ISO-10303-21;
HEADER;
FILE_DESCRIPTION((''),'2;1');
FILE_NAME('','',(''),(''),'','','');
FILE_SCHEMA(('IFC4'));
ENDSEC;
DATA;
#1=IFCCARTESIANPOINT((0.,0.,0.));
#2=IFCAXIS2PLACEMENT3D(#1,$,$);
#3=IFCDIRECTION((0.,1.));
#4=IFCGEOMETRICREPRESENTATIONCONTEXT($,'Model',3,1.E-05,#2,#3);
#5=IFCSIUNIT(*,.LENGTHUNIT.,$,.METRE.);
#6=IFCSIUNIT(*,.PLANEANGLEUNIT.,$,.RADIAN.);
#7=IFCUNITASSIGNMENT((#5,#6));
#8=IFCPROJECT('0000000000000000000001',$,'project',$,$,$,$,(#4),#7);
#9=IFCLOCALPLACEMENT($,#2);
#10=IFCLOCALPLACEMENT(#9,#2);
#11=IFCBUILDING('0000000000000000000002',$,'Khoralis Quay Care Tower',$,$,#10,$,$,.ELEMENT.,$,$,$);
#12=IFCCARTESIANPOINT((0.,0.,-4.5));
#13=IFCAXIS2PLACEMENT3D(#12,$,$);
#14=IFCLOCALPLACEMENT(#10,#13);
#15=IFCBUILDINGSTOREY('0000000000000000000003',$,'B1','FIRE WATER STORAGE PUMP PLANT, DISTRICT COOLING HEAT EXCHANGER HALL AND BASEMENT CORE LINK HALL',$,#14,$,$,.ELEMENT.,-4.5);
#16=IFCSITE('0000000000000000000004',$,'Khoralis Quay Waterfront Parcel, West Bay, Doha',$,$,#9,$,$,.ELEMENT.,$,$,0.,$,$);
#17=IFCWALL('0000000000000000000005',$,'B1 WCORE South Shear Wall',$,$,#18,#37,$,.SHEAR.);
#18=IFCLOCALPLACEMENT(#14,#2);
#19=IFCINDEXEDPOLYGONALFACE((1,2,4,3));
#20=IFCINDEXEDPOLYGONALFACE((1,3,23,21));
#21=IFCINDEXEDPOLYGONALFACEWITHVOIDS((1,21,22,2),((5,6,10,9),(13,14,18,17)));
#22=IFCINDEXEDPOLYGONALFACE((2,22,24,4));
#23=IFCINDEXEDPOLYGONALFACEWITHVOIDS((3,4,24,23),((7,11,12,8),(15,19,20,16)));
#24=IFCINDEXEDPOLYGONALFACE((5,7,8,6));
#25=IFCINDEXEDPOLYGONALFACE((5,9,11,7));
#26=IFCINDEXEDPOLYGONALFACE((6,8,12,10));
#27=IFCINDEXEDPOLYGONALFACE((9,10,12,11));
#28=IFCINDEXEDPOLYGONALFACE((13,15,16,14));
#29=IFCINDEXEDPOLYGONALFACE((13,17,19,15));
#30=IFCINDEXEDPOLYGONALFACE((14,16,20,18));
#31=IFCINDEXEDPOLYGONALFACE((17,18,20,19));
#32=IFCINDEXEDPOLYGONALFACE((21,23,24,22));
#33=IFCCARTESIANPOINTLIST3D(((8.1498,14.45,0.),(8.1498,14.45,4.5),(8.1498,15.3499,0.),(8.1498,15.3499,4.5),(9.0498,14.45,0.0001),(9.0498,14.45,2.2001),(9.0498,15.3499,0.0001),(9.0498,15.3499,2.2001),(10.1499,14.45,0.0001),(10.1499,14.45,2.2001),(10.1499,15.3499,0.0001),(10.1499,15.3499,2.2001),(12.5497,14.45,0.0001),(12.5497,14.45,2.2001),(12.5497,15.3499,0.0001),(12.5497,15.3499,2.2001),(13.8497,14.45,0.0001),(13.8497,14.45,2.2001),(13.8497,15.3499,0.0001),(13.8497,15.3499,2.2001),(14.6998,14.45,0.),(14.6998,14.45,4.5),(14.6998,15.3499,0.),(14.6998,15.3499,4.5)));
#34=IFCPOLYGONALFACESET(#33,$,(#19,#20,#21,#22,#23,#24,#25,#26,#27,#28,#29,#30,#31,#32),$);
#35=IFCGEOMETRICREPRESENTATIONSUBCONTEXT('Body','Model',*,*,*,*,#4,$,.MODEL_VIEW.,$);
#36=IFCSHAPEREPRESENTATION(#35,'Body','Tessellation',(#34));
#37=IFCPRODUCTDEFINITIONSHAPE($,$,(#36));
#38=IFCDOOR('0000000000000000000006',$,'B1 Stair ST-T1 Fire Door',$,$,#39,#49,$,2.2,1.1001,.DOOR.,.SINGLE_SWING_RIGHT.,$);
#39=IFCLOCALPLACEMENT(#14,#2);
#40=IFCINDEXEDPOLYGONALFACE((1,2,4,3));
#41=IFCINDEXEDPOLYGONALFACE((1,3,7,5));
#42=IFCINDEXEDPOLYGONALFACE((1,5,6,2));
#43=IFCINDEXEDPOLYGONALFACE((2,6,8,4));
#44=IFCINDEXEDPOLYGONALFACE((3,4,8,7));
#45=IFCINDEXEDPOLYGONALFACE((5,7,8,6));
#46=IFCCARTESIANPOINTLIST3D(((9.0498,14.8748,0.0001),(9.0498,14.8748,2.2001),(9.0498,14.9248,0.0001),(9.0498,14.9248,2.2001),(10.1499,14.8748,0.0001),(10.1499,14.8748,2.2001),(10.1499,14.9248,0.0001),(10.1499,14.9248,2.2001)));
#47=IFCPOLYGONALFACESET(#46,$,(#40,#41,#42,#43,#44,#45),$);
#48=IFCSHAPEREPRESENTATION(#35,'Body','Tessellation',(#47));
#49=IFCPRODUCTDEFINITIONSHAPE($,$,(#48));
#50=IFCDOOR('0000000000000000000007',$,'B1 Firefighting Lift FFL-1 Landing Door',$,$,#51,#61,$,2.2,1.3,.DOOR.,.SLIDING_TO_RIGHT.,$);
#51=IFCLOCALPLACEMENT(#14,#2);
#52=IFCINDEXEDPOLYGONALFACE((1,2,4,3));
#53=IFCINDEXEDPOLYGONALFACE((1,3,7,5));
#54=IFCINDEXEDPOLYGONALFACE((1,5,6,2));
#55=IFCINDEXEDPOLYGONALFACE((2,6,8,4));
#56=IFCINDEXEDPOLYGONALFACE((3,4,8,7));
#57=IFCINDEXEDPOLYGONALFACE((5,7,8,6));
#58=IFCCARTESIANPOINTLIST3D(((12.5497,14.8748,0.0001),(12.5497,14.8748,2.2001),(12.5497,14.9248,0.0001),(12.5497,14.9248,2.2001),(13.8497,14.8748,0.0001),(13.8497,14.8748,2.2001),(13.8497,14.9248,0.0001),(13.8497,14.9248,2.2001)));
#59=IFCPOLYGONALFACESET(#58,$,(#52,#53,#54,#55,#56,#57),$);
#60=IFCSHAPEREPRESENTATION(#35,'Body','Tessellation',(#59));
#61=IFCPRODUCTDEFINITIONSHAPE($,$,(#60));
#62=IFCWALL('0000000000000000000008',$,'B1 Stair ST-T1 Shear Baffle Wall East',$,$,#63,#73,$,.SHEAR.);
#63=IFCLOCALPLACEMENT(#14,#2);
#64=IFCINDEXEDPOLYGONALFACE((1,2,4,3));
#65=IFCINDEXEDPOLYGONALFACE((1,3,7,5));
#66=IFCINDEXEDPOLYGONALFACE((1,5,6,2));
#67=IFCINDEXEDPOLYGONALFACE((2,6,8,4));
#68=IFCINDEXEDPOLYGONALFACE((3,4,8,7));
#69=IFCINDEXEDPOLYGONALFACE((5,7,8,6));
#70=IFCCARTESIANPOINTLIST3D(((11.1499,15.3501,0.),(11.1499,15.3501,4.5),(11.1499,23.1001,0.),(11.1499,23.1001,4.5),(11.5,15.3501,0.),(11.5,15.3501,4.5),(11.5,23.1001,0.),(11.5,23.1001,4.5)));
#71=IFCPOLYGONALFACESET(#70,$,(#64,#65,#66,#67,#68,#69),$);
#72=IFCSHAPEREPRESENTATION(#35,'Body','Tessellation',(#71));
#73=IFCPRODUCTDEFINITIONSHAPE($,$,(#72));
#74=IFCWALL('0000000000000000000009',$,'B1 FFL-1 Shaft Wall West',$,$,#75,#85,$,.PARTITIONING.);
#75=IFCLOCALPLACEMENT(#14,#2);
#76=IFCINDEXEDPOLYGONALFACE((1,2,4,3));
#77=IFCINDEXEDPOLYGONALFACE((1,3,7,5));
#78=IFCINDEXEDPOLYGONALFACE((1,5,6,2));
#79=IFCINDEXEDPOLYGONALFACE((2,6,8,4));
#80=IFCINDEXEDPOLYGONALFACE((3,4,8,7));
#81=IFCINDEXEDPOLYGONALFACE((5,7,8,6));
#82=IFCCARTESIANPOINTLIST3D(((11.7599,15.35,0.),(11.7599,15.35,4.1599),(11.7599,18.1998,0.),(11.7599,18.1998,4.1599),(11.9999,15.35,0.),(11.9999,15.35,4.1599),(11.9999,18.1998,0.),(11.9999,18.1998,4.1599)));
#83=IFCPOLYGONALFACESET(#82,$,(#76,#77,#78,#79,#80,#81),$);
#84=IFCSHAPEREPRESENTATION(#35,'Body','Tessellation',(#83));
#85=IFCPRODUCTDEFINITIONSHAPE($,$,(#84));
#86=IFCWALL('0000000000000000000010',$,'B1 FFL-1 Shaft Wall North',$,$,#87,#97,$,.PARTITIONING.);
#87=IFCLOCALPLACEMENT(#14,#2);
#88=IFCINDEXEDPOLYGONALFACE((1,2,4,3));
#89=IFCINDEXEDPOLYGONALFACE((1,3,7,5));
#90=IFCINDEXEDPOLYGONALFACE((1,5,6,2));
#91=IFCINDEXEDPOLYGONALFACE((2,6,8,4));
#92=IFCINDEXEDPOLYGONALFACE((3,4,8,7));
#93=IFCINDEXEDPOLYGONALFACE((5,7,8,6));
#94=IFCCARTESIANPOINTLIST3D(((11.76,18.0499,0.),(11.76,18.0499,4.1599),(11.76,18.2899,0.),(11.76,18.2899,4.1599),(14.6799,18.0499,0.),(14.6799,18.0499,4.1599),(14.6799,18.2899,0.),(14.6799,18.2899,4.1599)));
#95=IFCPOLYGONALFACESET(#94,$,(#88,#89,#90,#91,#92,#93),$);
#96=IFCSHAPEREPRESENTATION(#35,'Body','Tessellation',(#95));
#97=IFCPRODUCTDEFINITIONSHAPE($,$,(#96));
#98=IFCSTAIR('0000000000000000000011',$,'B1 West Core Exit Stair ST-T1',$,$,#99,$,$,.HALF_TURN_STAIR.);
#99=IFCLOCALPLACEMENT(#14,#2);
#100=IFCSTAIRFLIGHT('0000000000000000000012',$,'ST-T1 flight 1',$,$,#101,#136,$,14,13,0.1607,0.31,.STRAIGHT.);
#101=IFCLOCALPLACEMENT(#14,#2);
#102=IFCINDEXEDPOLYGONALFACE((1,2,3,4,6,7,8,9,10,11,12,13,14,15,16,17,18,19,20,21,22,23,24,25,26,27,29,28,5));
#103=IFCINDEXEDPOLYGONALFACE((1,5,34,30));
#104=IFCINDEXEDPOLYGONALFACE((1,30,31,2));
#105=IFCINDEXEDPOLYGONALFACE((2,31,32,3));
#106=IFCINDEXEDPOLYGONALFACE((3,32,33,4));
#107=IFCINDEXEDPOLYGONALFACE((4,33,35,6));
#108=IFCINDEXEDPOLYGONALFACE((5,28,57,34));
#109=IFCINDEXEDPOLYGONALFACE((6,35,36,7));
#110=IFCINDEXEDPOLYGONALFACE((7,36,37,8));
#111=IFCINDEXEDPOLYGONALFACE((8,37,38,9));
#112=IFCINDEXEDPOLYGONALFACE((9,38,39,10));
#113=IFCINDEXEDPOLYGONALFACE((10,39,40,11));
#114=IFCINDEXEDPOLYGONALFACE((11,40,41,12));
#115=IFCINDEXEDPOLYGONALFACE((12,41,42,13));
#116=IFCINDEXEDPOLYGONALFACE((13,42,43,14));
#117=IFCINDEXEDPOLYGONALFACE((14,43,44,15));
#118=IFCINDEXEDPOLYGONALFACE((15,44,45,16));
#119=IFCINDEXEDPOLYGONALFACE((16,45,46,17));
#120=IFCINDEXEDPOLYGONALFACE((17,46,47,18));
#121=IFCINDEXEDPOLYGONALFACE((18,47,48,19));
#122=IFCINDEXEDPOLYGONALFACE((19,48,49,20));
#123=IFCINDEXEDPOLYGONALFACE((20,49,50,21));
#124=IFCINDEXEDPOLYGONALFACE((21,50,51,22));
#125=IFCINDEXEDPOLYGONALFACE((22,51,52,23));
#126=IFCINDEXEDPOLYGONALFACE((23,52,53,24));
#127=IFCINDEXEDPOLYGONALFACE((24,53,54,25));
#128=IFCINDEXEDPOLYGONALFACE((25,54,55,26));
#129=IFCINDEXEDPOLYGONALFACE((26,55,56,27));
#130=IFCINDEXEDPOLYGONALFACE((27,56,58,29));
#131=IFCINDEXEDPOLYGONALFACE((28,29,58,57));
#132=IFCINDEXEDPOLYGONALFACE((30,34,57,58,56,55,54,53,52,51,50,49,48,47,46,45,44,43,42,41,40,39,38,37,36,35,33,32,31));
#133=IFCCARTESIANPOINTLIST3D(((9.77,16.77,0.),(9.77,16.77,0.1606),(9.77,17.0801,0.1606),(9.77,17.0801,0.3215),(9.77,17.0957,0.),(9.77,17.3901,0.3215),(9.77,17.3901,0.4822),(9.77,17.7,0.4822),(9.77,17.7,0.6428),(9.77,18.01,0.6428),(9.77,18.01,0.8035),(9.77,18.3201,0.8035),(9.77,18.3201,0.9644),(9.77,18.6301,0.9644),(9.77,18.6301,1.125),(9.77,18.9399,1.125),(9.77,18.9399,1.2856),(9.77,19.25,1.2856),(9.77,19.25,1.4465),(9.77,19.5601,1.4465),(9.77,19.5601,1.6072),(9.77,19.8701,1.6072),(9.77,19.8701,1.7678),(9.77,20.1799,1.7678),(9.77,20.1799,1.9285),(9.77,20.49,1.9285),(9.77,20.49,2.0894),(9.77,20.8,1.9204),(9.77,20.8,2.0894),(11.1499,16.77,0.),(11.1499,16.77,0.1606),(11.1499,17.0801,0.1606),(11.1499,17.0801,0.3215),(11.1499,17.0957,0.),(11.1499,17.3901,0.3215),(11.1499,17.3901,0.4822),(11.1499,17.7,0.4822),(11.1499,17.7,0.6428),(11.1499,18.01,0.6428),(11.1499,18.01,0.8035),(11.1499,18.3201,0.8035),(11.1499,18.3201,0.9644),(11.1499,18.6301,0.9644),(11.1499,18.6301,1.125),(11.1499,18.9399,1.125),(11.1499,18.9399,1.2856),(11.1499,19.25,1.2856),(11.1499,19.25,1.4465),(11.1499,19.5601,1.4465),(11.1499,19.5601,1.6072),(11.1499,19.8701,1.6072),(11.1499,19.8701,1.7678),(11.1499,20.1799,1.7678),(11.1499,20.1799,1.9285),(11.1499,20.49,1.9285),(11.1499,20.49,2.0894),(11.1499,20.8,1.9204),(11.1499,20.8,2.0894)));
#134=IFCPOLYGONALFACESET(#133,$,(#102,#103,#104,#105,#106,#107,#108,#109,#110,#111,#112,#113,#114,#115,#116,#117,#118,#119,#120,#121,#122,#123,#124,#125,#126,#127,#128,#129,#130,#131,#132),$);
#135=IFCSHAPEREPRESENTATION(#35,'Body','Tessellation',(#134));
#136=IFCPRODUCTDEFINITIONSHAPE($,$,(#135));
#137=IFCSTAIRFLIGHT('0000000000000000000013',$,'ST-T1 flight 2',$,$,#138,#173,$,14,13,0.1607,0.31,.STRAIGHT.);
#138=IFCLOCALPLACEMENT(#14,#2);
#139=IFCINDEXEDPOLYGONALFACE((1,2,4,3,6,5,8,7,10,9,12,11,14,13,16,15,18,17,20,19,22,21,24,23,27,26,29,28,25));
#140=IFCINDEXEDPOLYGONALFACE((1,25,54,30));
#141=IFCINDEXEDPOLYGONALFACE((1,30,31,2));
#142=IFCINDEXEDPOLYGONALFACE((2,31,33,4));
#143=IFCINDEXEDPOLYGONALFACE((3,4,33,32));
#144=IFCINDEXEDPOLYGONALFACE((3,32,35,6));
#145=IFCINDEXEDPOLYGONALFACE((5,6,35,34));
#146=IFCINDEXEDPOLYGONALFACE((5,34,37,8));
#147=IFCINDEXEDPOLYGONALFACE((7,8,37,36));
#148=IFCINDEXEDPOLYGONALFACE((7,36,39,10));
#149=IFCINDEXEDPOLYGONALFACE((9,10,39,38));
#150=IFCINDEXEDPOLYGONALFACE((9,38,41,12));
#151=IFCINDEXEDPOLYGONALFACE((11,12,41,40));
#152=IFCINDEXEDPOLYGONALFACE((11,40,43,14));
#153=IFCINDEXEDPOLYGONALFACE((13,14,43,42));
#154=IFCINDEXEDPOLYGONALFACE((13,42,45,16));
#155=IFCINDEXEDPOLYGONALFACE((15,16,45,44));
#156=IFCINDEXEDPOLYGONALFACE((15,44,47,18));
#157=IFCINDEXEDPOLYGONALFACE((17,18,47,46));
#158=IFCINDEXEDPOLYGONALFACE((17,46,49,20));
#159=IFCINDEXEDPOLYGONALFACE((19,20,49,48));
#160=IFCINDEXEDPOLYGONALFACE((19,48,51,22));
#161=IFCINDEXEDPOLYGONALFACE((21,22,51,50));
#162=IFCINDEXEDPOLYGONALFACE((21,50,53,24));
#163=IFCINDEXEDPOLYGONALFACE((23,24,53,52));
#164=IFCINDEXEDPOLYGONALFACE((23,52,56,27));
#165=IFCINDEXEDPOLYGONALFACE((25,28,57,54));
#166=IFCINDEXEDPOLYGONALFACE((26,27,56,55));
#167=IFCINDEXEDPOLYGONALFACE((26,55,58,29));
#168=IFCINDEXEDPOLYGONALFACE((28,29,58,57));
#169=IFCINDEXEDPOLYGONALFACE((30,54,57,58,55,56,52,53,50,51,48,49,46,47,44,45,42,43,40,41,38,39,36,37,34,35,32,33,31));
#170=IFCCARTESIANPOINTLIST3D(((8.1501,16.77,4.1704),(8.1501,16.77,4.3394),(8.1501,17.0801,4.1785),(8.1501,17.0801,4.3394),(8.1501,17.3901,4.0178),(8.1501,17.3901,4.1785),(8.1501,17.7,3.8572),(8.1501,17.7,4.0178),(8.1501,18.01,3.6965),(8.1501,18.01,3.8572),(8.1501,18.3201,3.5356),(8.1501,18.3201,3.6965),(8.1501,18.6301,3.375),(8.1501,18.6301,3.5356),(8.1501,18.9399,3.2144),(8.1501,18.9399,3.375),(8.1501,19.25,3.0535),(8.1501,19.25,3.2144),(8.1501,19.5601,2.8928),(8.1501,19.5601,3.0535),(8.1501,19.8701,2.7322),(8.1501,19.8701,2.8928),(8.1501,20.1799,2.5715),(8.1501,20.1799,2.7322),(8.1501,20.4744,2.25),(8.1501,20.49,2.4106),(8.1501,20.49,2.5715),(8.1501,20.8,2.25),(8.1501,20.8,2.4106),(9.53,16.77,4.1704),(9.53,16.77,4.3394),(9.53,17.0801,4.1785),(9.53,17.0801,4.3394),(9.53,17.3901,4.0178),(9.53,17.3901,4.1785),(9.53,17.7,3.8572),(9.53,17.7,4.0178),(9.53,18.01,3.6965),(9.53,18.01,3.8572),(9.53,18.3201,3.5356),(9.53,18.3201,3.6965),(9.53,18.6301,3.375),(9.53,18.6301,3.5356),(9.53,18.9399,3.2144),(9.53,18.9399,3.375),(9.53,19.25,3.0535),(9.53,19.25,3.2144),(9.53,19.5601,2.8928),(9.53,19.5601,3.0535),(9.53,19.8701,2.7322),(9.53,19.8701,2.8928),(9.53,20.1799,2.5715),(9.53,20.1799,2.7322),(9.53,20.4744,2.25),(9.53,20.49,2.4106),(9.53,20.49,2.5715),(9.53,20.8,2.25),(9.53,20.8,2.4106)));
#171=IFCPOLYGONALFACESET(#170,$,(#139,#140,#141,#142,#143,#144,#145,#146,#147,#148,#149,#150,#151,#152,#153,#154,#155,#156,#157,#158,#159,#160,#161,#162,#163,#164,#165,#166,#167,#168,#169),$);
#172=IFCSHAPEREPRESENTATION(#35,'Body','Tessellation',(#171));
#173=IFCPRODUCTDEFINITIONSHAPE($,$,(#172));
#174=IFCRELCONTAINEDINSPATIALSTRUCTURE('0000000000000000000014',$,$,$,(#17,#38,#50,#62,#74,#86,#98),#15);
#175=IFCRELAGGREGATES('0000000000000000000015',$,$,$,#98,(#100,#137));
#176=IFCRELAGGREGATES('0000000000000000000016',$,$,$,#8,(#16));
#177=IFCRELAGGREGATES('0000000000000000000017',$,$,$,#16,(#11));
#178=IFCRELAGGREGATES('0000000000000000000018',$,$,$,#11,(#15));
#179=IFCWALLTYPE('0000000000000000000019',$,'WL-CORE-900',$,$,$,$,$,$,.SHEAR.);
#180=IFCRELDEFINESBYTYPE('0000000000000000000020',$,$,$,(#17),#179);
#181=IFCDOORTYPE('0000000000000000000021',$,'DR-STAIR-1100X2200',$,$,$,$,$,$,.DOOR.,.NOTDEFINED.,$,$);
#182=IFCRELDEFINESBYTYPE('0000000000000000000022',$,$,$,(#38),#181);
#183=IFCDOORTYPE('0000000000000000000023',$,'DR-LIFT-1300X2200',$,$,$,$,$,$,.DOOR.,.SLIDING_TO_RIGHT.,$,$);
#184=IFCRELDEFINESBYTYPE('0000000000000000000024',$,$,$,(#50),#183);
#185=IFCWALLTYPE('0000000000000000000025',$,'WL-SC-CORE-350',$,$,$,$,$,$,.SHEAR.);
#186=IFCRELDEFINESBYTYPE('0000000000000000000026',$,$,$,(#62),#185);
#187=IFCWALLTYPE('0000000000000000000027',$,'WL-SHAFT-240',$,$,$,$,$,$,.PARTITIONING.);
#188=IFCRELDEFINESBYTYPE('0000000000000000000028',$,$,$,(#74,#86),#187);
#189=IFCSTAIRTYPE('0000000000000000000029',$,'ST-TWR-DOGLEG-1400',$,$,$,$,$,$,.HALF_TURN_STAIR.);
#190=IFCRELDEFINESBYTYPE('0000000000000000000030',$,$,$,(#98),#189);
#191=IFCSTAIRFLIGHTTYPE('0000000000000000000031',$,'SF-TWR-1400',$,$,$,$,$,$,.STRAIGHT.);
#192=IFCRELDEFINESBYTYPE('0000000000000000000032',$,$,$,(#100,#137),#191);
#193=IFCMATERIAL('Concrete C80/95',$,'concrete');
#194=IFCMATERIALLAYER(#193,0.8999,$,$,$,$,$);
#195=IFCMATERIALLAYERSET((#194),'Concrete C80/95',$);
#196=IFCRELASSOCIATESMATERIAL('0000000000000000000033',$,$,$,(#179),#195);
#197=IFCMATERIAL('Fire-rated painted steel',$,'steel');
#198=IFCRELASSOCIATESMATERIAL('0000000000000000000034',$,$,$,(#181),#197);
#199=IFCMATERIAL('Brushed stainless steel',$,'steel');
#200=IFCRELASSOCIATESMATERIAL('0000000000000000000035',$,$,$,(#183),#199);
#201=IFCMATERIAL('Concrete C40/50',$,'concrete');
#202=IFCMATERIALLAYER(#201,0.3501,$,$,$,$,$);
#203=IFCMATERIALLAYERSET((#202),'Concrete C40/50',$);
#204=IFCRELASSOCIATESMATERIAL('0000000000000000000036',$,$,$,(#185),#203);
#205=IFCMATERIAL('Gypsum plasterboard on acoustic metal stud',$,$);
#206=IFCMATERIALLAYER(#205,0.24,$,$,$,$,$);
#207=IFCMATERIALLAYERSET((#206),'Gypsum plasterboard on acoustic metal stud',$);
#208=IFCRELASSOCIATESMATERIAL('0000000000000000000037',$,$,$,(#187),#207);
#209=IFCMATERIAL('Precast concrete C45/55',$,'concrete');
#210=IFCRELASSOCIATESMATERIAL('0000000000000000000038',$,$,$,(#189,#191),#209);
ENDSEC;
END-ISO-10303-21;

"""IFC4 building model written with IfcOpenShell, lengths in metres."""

from ifc_helpers import new_model, si_unit, direction, frame, frame_2d, origin, place, context, subcontext, project, spatial, polyline, rectangle, outline, extrude, source, transform, mapped, material, layer, layer_set, type_object, element, fill, aggregate, save


model = new_model("IFC4")

# Units and contexts
model_context = context("Model", 3, precision=1e-05, world=origin(), true_north=direction((0.0, 1.0)))
body_context = subcontext(model_context, "Body", "Model", "MODEL_VIEW")
ifc_project = project(units=[si_unit("LENGTHUNIT", "METRE"), si_unit("PLANEANGLEUNIT", "RADIAN")], contexts=[model_context])

# Site, building, storey
site_placement = place(None, origin())
site = spatial("IfcSite", under=ifc_project, at=site_placement, Name="Khoralis Quay Waterfront Parcel, West Bay, Doha", CompositionType="ELEMENT", RefElevation=0.0)
building_placement = place(site_placement, origin())
building = spatial("IfcBuilding", under=site, at=building_placement, Name="Khoralis Quay Care Tower", CompositionType="ELEMENT")
storey_placement = place(building_placement, frame((0.0, 0.0, -4.5)))
storey = spatial("IfcBuildingStorey", under=building, at=storey_placement, Name="B1", Description="FIRE WATER STORAGE PUMP PLANT, DISTRICT COOLING HEAT EXCHANGER HALL AND BASEMENT CORE LINK HALL", CompositionType="ELEMENT", Elevation=-4.5)

# Shared definitions
ifc_material_1 = material(Name="Concrete C80/95", Category="concrete")

# Shared definitions
ifc_material_2 = material(Name="Gypsum plasterboard on acoustic metal stud")
ifc_material_3 = material(Name="Fire-rated painted steel", Category="steel")

# Shared definitions
ifc_layer_1 = layer(ifc_material_1, 0.8999)
ifc_layer_set_1 = layer_set([ifc_layer_1], Name="Concrete C80/95")
wall_type_1 = type_object("IfcWallType", Name="WL-CORE-900", PredefinedType="SHEAR", material=ifc_layer_set_1)

# Wall, openings, doors
wall_1_placement = place(storey_placement, frame((8.1499, 14.8999, 0.0), z_axis=(0.0, 0.0, 1.0), x_axis=(1.0, 0.0, 0.0)))
wall_1 = element("IfcWall", 1, at=wall_1_placement, inside=storey, type_object=wall_type_1, Name="B1 WCORE South Shear Wall", PredefinedType="SHEAR", context=body_context, shape_type="SweptSolid", body=[
    extrude(rectangle(XDim=6.55, YDim=0.8999, at=frame_2d((3.2749, 0.0))), origin(), (0.0, 0.0, 1.0), 4.5),
])
opening_1_placement = place(wall_1_placement, frame((0.8999, 0.0, 0.0)))
opening_1 = element("IfcOpeningElement", 2, at=opening_1_placement, cuts=wall_1, PredefinedType="OPENING", context=body_context, shape_type="SweptSolid", body=[
    extrude(rectangle(XDim=1.1001, YDim=2.2, at=frame_2d((0.55, 1.1001))), frame((0.0, 0.46, 0.0), z_axis=(0.0, -1.0, 0.0), x_axis=(1.0, 0.0, 0.0)), (0.0, 0.0, 1.0), 0.9199),
])
opening_2_placement = place(wall_1_placement, frame((4.3999, 0.0, 0.0)))
opening_2 = element("IfcOpeningElement", 3, at=opening_2_placement, cuts=wall_1, PredefinedType="OPENING", context=body_context, shape_type="SweptSolid", body=[
    extrude(rectangle(XDim=1.3, YDim=2.2, at=frame_2d((0.6499, 1.1001))), frame((0.0, 0.46, 0.0), z_axis=(0.0, -1.0, 0.0), x_axis=(1.0, 0.0, 0.0)), (0.0, 0.0, 1.0), 0.9199),
])
door_type_1 = type_object("IfcDoorType", Name="DR-STAIR-1100X2200", OperationType="NOTDEFINED", PredefinedType="DOOR", material=ifc_material_3)
shared_shape_1 = source(origin(), body_context, "Body", "SweptSolid", [
    extrude(rectangle(XDim=1.1001, YDim=2.2, at=frame_2d((0.55, 1.1001))), frame((0.0, 0.0249, 0.0), z_axis=(0.0, -1.0, 0.0), x_axis=(1.0, 0.0, 0.0)), (0.0, 0.0, 1.0), 0.05),
])
door_1_placement = place(opening_1_placement, origin())
door_1 = element("IfcDoor", 4, at=door_1_placement, inside=storey, type_object=door_type_1, Name="B1 Stair ST-T1 Fire Door", OperationType="SINGLE_SWING_RIGHT", OverallHeight=2.2, OverallWidth=1.1001, PredefinedType="DOOR", context=body_context, shape_type="MappedRepresentation", body=[
    mapped(shared_shape_1, transform((0.0, 0.0, 0.0), scale=1.0)),
])
fill(opening_1, door_1)
ifc_material_4 = material(Name="Brushed stainless steel", Category="steel")
door_type_2 = type_object("IfcDoorType", Name="DR-LIFT-1300X2200", OperationType="SLIDING_TO_RIGHT", PredefinedType="DOOR", material=ifc_material_4)
shared_shape_2 = source(origin(), body_context, "Body", "SweptSolid", [
    extrude(rectangle(XDim=1.3, YDim=2.2, at=frame_2d((0.6499, 1.1001))), frame((0.0, 0.0249, 0.0), z_axis=(0.0, -1.0, 0.0), x_axis=(1.0, 0.0, 0.0)), (0.0, 0.0, 1.0), 0.05),
])
door_2_placement = place(opening_2_placement, origin())
door_2 = element("IfcDoor", 5, at=door_2_placement, inside=storey, type_object=door_type_2, Name="B1 Firefighting Lift FFL-1 Landing Door", OperationType="SLIDING_TO_RIGHT", OverallHeight=2.2, OverallWidth=1.3, PredefinedType="DOOR", context=body_context, shape_type="MappedRepresentation", body=[
    mapped(shared_shape_2, transform((0.0, 0.0, 0.0), scale=1.0)),
])
fill(opening_2, door_2)

# Walls
ifc_material_5 = material(Name="Concrete C40/50", Category="concrete")
ifc_layer_2 = layer(ifc_material_5, 0.3501)
ifc_layer_set_2 = layer_set([ifc_layer_2], Name="Concrete C40/50")
wall_type_2 = type_object("IfcWallType", Name="WL-SC-CORE-350", PredefinedType="SHEAR", material=ifc_layer_set_2)
wall_2_placement = place(storey_placement, frame((11.325, 15.3501, 0.0), z_axis=(0.0, 0.0, 1.0), x_axis=(0.0, 1.0, 0.0)))
element("IfcWall", 6, at=wall_2_placement, inside=storey, type_object=wall_type_2, Name="B1 Stair ST-T1 Shear Baffle Wall East", PredefinedType="SHEAR", context=body_context, shape_type="SweptSolid", body=[
    extrude(rectangle(XDim=7.75, YDim=0.3501, at=frame_2d((3.875, 0.0))), origin(), (0.0, 0.0, 1.0), 4.5),
])
ifc_layer_3 = layer(ifc_material_2, 0.24)
ifc_layer_set_3 = layer_set([ifc_layer_3], Name="Gypsum plasterboard on acoustic metal stud")
wall_type_3 = type_object("IfcWallType", Name="WL-SHAFT-240", PredefinedType="PARTITIONING", material=ifc_layer_set_3)
wall_3_placement = place(storey_placement, frame((11.8799, 15.3501, 0.0), z_axis=(0.0, 0.0, 1.0), x_axis=(0.0, 1.0, 0.0)))
element("IfcWall", 7, at=wall_3_placement, inside=storey, type_object=wall_type_3, Name="B1 FFL-1 Shaft Wall West", PredefinedType="PARTITIONING", context=body_context, shape_type="SweptSolid", body=[
    extrude(rectangle(XDim=2.8499, YDim=0.24, at=frame_2d((1.4248, 0.0))), origin(), (0.0, 0.0, 1.0), 4.1599),
])
wall_4_placement = place(storey_placement, frame((11.76, 18.1699, 0.0), z_axis=(0.0, 0.0, 1.0), x_axis=(1.0, 0.0, 0.0)))
element("IfcWall", 8, at=wall_4_placement, inside=storey, type_object=wall_type_3, Name="B1 FFL-1 Shaft Wall North", PredefinedType="PARTITIONING", context=body_context, shape_type="SweptSolid", body=[
    extrude(rectangle(XDim=2.9199, YDim=0.24, at=frame_2d((1.46, 0.0))), origin(), (0.0, 0.0, 1.0), 4.1599),
])

# Stair, stair flights
ifc_material_6 = material(Name="Precast concrete C45/55", Category="concrete")
stair_type = type_object("IfcStairType", Name="ST-TWR-DOGLEG-1400", PredefinedType="HALF_TURN_STAIR", material=ifc_material_6)
stair_placement = place(storey_placement, origin())
stair = element("IfcStair", 9, at=stair_placement, inside=storey, type_object=stair_type, Name="B1 West Core Exit Stair ST-T1", PredefinedType="HALF_TURN_STAIR")
stair_flight_type = type_object("IfcStairFlightType", Name="SF-TWR-1400", PredefinedType="STRAIGHT", material=ifc_material_6)
shared_shape_3 = source(origin(), body_context, "Body", "SweptSolid", [
    extrude(outline(polyline([(0.0, 0.0), (0.0, 0.1606), (0.3101, 0.1606), (0.3101, 0.3215), (0.6201, 0.3215), (0.6201, 0.4822), (0.9299, 0.4822), (0.9299, 0.6428), (1.24, 0.6428), (1.24, 0.8035), (1.55, 0.8035), (1.55, 0.9644), (1.8601, 0.9644), (1.8601, 1.125), (2.1699, 1.125), (2.1699, 1.2856), (2.48, 1.2856), (2.48, 1.4465), (2.79, 1.4465), (2.79, 1.6072), (3.1001, 1.6072), (3.1001, 1.7678), (3.4099, 1.7678), (3.4099, 1.9285), (3.72, 1.9285), (3.72, 2.0894), (4.03, 2.0894), (4.03, 2.25), (4.03, 1.9204), (0.3257, 0.0), (0.0, 0.0)])), frame((0.0, 0.6899, 0.0), z_axis=(0.0, -1.0, 0.0), x_axis=(1.0, 0.0, 0.0)), (0.0, 0.0, 1.0), 1.3799),
])
stair_flight_1_placement = place(storey_placement, frame((10.46, 16.77, 0.0), z_axis=(0.0, 0.0, 1.0), x_axis=(0.0, 1.0, 0.0)))
stair_flight_1 = element("IfcStairFlight", 10, at=stair_flight_1_placement, type_object=stair_flight_type, Name="ST-T1 flight 1", NumberOfRisers=14, NumberOfTreads=13, PredefinedType="STRAIGHT", RiserHeight=0.1607, TreadLength=0.31, context=body_context, shape_type="MappedRepresentation", body=[
    mapped(shared_shape_3, transform((0.0, 0.0, 0.0), scale=1.0)),
])
stair_flight_2_placement = place(storey_placement, frame((8.8401, 20.8, 2.25), z_axis=(0.0, 0.0, 1.0), x_axis=(0.0, -1.0, 0.0)))
stair_flight_2 = element("IfcStairFlight", 11, at=stair_flight_2_placement, type_object=stair_flight_type, Name="ST-T1 flight 2", NumberOfRisers=14, NumberOfTreads=13, PredefinedType="STRAIGHT", RiserHeight=0.1607, TreadLength=0.31, context=body_context, shape_type="MappedRepresentation", body=[
    mapped(shared_shape_3, transform((0.0, 0.0, 0.0), scale=1.0)),
])
aggregate(stair, [stair_flight_1, stair_flight_2])

save(model, "model.ifc")
